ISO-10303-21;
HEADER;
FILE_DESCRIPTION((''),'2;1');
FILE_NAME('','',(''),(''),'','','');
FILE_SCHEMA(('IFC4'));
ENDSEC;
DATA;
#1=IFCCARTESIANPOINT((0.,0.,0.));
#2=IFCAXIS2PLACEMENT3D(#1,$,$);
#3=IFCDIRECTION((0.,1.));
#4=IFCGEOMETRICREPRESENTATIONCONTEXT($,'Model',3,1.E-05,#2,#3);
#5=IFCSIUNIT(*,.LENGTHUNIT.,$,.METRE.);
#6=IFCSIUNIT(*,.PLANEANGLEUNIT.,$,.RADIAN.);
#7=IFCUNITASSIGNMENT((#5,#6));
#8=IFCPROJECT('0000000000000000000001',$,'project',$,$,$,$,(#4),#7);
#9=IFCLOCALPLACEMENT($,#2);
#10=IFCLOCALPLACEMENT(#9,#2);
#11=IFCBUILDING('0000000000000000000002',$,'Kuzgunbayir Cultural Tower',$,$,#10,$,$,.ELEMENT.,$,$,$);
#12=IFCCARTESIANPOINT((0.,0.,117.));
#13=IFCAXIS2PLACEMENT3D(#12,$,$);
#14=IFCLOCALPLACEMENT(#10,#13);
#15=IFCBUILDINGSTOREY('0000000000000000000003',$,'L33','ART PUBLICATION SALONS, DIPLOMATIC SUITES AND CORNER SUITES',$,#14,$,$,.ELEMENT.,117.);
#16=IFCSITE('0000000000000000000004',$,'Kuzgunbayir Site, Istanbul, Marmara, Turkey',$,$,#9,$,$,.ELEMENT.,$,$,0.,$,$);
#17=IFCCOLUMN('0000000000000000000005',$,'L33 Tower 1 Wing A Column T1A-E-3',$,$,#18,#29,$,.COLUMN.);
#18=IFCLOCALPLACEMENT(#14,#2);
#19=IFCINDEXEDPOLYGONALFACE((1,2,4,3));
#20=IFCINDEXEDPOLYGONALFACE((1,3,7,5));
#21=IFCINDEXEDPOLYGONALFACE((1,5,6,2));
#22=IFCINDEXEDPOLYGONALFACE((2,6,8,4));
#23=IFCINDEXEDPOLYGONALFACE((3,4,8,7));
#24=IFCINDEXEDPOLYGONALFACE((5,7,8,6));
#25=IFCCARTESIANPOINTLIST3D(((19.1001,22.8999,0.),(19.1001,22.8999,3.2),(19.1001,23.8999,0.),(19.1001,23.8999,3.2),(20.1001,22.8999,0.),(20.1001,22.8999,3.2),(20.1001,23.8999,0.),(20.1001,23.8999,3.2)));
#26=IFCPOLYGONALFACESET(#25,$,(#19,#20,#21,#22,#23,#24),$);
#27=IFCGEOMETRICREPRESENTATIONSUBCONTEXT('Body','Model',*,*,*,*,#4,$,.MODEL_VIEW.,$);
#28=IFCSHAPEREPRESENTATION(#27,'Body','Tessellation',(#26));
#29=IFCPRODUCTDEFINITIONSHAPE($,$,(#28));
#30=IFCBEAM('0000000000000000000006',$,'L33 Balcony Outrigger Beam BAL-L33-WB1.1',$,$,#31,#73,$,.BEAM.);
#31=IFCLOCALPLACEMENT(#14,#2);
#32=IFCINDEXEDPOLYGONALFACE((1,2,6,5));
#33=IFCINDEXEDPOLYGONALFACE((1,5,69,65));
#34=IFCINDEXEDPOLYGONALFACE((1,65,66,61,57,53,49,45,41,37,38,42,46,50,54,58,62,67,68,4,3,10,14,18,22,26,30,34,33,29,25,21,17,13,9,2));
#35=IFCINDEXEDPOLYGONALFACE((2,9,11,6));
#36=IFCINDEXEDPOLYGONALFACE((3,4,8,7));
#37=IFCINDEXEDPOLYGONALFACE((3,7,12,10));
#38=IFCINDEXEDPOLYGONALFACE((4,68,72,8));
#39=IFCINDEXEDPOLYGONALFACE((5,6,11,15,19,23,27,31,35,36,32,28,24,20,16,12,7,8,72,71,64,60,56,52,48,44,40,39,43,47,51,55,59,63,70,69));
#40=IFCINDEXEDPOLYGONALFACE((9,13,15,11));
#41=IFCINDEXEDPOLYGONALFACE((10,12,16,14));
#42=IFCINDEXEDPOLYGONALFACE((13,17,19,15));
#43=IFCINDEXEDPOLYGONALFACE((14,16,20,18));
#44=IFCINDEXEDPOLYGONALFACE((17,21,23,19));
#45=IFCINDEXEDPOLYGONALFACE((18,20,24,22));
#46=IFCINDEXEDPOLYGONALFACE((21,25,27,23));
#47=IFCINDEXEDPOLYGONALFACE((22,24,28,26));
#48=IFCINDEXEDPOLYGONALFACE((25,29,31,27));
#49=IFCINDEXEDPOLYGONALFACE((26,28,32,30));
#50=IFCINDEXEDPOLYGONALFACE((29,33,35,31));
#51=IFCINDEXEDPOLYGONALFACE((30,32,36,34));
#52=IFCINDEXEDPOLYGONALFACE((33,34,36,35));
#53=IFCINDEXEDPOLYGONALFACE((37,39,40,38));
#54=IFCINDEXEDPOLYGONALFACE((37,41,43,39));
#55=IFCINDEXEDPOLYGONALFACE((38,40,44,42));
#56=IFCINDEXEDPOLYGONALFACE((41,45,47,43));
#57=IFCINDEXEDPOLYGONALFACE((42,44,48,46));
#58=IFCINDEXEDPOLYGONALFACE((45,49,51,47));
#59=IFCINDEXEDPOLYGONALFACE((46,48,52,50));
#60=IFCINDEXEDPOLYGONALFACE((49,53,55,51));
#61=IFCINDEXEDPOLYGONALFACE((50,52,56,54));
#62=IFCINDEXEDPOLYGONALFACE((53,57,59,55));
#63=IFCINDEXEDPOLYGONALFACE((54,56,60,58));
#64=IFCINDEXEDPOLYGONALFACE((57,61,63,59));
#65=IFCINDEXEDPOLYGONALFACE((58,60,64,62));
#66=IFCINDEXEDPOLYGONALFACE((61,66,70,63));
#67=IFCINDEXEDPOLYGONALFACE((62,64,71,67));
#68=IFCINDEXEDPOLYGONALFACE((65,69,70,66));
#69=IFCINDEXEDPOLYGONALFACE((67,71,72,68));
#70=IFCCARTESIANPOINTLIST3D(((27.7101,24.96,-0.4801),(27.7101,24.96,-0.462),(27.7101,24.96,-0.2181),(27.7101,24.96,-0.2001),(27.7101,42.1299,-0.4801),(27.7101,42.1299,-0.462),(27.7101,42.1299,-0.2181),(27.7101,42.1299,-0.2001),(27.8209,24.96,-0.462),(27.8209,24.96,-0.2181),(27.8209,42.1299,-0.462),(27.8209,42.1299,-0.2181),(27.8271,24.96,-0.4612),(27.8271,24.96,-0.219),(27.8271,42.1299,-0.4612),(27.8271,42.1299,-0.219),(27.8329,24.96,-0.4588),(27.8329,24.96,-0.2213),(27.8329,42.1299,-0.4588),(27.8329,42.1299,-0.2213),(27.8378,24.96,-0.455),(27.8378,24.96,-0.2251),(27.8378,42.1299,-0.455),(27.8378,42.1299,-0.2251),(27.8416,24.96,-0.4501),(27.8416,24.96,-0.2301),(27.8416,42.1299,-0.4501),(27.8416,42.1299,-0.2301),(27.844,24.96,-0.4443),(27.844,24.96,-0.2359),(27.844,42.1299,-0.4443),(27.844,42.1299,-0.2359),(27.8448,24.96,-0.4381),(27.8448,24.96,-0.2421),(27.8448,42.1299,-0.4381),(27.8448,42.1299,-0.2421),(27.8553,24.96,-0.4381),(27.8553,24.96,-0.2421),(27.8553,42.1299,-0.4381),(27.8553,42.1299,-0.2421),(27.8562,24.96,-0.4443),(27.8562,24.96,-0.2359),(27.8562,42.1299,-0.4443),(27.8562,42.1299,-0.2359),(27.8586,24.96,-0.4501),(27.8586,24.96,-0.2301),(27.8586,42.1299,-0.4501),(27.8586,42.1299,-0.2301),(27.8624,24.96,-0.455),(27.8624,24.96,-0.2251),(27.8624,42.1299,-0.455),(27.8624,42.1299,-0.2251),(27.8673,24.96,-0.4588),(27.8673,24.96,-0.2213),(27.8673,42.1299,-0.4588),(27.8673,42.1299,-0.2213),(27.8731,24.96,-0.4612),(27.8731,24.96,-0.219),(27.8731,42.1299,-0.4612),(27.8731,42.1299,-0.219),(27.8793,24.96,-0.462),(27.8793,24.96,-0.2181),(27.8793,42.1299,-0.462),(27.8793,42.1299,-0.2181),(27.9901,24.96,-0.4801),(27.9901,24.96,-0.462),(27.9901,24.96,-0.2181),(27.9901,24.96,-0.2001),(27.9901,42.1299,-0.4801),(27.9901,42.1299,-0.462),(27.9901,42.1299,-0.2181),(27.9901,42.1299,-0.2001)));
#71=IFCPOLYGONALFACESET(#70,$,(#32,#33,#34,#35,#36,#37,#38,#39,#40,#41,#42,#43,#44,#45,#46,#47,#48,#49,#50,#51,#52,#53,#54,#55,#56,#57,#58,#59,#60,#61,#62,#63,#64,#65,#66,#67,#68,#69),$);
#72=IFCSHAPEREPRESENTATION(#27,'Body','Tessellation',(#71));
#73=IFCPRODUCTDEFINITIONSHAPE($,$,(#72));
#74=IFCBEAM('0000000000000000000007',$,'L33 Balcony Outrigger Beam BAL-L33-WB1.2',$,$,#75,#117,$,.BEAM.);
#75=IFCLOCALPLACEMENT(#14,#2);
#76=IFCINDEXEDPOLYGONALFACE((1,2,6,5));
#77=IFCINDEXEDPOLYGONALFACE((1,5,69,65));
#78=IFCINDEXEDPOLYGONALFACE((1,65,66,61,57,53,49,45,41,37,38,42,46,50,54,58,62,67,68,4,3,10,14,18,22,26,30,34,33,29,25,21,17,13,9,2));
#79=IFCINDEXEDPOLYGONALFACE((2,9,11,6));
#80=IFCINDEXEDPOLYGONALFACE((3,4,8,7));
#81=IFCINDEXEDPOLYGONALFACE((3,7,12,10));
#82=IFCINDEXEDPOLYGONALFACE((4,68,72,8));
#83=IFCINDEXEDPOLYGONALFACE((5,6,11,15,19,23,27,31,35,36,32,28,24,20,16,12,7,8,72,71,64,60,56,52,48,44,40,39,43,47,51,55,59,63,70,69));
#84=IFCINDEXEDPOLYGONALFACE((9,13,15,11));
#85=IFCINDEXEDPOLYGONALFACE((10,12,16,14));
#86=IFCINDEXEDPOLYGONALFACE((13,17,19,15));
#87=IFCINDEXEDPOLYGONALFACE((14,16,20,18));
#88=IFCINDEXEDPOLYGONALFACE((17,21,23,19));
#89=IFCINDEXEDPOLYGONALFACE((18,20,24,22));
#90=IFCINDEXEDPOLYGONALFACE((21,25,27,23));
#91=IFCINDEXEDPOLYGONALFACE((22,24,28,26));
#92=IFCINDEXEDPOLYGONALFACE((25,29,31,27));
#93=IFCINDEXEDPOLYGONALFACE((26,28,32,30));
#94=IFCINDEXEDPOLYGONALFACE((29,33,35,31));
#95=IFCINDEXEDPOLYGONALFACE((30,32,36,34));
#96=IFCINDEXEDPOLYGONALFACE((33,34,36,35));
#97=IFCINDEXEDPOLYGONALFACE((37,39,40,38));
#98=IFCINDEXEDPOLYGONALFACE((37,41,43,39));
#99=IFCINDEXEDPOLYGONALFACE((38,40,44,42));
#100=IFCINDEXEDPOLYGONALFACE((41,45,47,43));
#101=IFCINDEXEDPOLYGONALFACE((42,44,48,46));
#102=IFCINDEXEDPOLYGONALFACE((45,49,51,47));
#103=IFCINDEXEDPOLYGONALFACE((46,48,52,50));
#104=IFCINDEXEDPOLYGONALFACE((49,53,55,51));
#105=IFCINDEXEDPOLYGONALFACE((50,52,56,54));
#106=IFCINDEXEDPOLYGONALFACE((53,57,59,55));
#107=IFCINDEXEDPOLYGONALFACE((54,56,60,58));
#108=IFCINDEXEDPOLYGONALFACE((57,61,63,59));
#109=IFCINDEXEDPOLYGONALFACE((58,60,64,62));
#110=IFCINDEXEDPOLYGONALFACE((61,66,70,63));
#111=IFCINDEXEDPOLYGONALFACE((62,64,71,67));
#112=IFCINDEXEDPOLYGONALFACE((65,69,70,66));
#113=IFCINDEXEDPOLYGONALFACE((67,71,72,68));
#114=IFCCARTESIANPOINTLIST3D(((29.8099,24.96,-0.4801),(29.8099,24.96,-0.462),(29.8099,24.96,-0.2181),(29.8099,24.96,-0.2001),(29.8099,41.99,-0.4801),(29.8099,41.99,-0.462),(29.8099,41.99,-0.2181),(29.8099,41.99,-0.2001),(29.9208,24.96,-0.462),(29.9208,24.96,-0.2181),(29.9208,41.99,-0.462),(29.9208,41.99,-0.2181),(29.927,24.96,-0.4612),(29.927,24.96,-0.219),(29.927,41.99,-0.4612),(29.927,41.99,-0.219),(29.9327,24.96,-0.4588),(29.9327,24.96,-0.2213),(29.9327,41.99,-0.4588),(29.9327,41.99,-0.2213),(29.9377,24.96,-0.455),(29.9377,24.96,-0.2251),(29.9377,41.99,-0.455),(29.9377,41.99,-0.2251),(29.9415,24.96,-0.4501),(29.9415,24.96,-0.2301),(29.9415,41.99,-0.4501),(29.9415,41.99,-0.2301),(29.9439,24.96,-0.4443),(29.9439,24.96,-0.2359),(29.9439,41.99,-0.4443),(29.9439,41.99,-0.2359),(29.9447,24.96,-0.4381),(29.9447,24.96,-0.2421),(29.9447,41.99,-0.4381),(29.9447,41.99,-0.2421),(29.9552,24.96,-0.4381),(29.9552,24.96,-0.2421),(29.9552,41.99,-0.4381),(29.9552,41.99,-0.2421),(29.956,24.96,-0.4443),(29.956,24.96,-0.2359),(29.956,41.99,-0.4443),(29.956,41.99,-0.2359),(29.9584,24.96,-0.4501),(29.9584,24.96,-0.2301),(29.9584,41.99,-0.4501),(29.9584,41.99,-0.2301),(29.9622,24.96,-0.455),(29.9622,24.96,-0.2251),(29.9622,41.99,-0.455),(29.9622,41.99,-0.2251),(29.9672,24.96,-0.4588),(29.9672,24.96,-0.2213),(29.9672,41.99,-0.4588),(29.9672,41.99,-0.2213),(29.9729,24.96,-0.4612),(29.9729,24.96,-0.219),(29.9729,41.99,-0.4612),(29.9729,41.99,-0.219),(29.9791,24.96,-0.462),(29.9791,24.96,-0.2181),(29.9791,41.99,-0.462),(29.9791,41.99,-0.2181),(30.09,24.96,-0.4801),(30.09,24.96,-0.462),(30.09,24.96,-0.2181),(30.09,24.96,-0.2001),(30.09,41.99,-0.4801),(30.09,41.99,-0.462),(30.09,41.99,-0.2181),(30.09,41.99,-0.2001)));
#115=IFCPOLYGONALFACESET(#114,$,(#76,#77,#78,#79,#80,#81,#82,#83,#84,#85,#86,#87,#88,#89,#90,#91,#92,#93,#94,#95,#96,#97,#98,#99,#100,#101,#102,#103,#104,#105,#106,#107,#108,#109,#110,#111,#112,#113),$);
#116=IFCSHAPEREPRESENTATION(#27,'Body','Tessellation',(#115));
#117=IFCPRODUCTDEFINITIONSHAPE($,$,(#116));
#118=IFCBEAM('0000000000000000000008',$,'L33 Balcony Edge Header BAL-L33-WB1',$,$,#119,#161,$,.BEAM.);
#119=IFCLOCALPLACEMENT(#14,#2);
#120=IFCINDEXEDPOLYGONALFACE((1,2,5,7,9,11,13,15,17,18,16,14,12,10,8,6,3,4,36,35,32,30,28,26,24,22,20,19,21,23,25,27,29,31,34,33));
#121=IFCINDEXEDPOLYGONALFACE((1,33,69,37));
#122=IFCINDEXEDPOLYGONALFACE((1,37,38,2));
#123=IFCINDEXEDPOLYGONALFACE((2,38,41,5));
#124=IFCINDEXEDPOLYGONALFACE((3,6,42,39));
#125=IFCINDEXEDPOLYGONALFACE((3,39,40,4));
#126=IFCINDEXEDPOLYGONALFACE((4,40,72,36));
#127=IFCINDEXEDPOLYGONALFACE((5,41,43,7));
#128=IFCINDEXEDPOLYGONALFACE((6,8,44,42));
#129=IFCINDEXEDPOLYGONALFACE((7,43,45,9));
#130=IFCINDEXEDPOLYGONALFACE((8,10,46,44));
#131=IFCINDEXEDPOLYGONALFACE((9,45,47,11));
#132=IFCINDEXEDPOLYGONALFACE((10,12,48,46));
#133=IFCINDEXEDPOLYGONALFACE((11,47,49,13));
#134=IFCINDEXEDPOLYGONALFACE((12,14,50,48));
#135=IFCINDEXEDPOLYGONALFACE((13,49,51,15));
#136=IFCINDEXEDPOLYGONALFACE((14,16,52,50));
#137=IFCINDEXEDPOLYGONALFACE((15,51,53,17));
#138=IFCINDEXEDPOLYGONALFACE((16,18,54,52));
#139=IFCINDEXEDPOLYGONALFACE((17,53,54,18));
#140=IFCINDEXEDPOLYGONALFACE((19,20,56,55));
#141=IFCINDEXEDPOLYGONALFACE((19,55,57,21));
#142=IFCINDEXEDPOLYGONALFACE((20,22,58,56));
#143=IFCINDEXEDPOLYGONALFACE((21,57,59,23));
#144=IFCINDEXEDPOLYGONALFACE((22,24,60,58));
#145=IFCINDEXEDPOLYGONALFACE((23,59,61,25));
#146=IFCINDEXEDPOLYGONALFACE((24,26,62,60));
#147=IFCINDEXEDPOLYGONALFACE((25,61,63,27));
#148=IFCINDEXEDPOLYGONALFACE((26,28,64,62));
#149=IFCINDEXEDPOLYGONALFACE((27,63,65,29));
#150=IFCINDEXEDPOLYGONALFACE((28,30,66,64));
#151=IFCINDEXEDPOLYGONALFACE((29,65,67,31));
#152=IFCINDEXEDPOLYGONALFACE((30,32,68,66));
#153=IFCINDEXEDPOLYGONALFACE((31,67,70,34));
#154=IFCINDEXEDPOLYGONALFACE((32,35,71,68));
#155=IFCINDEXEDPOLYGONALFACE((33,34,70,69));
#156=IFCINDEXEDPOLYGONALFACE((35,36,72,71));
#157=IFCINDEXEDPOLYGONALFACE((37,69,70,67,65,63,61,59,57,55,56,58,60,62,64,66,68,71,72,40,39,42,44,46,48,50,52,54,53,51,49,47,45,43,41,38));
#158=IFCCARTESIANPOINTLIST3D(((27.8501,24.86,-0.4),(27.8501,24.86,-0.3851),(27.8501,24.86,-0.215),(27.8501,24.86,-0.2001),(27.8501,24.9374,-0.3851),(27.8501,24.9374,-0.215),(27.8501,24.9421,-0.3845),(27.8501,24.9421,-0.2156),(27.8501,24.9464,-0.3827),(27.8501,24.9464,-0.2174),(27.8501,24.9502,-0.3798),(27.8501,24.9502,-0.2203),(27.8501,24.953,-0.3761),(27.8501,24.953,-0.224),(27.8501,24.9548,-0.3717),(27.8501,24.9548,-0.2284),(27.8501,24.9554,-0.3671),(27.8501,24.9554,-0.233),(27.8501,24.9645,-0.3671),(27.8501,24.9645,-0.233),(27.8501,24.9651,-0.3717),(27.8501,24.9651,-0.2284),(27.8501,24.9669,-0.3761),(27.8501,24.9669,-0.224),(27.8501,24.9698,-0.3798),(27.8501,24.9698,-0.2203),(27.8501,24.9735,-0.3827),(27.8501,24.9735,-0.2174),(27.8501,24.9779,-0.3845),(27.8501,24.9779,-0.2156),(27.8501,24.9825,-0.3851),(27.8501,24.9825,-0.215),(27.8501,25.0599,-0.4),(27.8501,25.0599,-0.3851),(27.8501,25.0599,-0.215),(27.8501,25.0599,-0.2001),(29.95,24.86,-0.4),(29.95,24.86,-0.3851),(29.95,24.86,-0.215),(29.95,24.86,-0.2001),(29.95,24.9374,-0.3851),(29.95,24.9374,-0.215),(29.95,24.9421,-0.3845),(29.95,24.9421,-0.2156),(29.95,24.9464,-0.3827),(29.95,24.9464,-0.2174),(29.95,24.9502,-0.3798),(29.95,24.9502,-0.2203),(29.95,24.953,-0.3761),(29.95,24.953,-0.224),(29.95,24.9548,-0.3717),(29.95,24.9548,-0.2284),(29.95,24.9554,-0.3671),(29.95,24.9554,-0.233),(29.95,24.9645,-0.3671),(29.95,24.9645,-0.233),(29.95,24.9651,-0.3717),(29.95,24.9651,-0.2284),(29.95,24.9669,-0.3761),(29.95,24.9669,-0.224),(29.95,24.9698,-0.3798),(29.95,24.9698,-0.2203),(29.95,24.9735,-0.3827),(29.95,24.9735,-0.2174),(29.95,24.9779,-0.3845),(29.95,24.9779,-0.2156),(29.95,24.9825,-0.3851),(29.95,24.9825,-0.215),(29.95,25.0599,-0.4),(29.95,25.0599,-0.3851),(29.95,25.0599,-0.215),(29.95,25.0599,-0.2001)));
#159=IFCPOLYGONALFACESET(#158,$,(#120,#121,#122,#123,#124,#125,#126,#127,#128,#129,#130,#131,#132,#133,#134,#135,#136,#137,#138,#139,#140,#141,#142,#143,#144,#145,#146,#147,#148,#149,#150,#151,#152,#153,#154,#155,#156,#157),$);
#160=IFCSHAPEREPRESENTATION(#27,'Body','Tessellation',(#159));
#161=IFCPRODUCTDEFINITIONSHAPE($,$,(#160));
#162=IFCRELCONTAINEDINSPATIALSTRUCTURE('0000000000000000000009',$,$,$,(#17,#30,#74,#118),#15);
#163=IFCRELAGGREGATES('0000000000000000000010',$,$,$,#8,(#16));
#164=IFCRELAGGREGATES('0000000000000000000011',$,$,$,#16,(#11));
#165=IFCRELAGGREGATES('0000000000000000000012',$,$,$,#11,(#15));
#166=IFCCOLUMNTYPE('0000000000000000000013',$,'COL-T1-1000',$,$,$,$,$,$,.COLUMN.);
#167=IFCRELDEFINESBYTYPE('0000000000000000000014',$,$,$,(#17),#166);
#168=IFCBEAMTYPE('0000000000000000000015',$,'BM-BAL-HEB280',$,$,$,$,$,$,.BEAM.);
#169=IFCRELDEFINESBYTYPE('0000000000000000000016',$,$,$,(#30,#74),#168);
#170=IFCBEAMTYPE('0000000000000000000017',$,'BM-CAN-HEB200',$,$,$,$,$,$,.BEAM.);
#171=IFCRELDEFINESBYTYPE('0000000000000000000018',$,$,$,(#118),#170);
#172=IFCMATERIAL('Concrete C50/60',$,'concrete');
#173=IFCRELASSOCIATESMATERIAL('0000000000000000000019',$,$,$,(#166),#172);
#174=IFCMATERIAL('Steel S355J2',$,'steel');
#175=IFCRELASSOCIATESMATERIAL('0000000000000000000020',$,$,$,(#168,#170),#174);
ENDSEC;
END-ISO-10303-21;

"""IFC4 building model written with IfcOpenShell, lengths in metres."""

from ifc_helpers import new_model, si_unit, direction, frame, origin, origin_2d, place, context, subcontext, project, spatial, rectangle, i_section, extrude, material, material_profile, profile_set, type_object, element, save


model = new_model("IFC4")

# Units and contexts
model_context = context("Model", 3, precision=1e-05, world=origin(), true_north=direction((0.0, 1.0)))
body_context = subcontext(model_context, "Body", "Model", "MODEL_VIEW")
ifc_project = project(units=[si_unit("LENGTHUNIT", "METRE"), si_unit("PLANEANGLEUNIT", "RADIAN")], contexts=[model_context])

# Site, building, storey
site_placement = place(None, origin())
site = spatial("IfcSite", under=ifc_project, at=site_placement, Name="Kuzgunbayir Site, Istanbul, Marmara, Turkey", CompositionType="ELEMENT", RefElevation=0.0)
building_placement = place(site_placement, origin())
building = spatial("IfcBuilding", under=site, at=building_placement, Name="Kuzgunbayir Cultural Tower", CompositionType="ELEMENT")
storey_placement = place(building_placement, frame((0.0, 0.0, 117.0)))
storey = spatial("IfcBuildingStorey", under=building, at=storey_placement, Name="L33", Description="ART PUBLICATION SALONS, DIPLOMATIC SUITES AND CORNER SUITES", CompositionType="ELEMENT", Elevation=117.0)

# Column
ifc_material_1 = material(Name="Concrete C50/60", Category="concrete")
ifc_material_profile_1 = material_profile(ifc_material_1, rectangle(XDim=1.0, YDim=1.0, at=origin_2d()), Name="RC 1000x1000")
ifc_profile_set_1 = profile_set([ifc_material_profile_1], Name="Concrete C50/60")
column_type = type_object("IfcColumnType", Name="COL-T1-1000", PredefinedType="COLUMN", material=ifc_profile_set_1)
column_placement = place(storey_placement, frame((19.6001, 23.3999, 0.0), z_axis=(0.0, 0.0, 1.0), x_axis=(1.0, 0.0, 0.0)))
element("IfcColumn", 1, at=column_placement, inside=storey, type_object=column_type, Name="L33 Tower 1 Wing A Column T1A-E-3", PredefinedType="COLUMN", context=body_context, shape_type="SweptSolid", body=[
    extrude(rectangle(XDim=1.0, YDim=1.0, at=origin_2d()), origin(), (0.0, 0.0, 1.0), 3.2),
])

# Beams
ifc_material_2 = material(Name="Steel S355J2", Category="steel")
ifc_material_profile_2 = material_profile(ifc_material_2, i_section(OverallWidth=0.28, OverallDepth=0.28, WebThickness=0.0105, FlangeThickness=0.0181, FilletRadius=0.0239, at=origin_2d()), Name="HEB 280")
ifc_profile_set_2 = profile_set([ifc_material_profile_2], Name="Steel S355J2")
beam_type_1 = type_object("IfcBeamType", Name="BM-BAL-HEB280", PredefinedType="BEAM", material=ifc_profile_set_2)
beam_1_placement = place(storey_placement, frame((27.8501, 24.96, -0.3401), z_axis=(0.0, 1.0, 0.0), x_axis=(-1.0, 0.0, 0.0)))
element("IfcBeam", 2, at=beam_1_placement, inside=storey, type_object=beam_type_1, Name="L33 Balcony Outrigger Beam BAL-L33-WB1.1", PredefinedType="BEAM", context=body_context, shape_type="SweptSolid", body=[
    extrude(i_section(OverallWidth=0.28, OverallDepth=0.28, WebThickness=0.0105, FlangeThickness=0.0181, FilletRadius=0.0239, at=origin_2d()), origin(), (0.0, 0.0, 1.0), 17.1699),
])
beam_2_placement = place(storey_placement, frame((29.95, 24.96, -0.3401), z_axis=(0.0, 1.0, 0.0), x_axis=(-1.0, 0.0, 0.0)))
element("IfcBeam", 3, at=beam_2_placement, inside=storey, type_object=beam_type_1, Name="L33 Balcony Outrigger Beam BAL-L33-WB1.2", PredefinedType="BEAM", context=body_context, shape_type="SweptSolid", body=[
    extrude(i_section(OverallWidth=0.28, OverallDepth=0.28, WebThickness=0.0105, FlangeThickness=0.0181, FilletRadius=0.0239, at=origin_2d()), origin(), (0.0, 0.0, 1.0), 17.03),
])
ifc_material_profile_3 = material_profile(ifc_material_2, i_section(OverallWidth=0.2, OverallDepth=0.2, WebThickness=0.009, FlangeThickness=0.0149, FilletRadius=0.0181, at=origin_2d()), Name="HEB 200")
ifc_profile_set_3 = profile_set([ifc_material_profile_3], Name="Steel S355J2")
beam_type_2 = type_object("IfcBeamType", Name="BM-CAN-HEB200", PredefinedType="BEAM", material=ifc_profile_set_3)
beam_3_placement = place(storey_placement, frame((27.8501, 24.96, -0.3), z_axis=(1.0, 0.0, 0.0), x_axis=(0.0, 1.0, 0.0)))
element("IfcBeam", 4, at=beam_3_placement, inside=storey, type_object=beam_type_2, Name="L33 Balcony Edge Header BAL-L33-WB1", PredefinedType="BEAM", context=body_context, shape_type="SweptSolid", body=[
    extrude(i_section(OverallWidth=0.2, OverallDepth=0.2, WebThickness=0.009, FlangeThickness=0.0149, FilletRadius=0.0181, at=origin_2d()), origin(), (0.0, 0.0, 1.0), 2.0999),
])

save(model, "model.ifc")
